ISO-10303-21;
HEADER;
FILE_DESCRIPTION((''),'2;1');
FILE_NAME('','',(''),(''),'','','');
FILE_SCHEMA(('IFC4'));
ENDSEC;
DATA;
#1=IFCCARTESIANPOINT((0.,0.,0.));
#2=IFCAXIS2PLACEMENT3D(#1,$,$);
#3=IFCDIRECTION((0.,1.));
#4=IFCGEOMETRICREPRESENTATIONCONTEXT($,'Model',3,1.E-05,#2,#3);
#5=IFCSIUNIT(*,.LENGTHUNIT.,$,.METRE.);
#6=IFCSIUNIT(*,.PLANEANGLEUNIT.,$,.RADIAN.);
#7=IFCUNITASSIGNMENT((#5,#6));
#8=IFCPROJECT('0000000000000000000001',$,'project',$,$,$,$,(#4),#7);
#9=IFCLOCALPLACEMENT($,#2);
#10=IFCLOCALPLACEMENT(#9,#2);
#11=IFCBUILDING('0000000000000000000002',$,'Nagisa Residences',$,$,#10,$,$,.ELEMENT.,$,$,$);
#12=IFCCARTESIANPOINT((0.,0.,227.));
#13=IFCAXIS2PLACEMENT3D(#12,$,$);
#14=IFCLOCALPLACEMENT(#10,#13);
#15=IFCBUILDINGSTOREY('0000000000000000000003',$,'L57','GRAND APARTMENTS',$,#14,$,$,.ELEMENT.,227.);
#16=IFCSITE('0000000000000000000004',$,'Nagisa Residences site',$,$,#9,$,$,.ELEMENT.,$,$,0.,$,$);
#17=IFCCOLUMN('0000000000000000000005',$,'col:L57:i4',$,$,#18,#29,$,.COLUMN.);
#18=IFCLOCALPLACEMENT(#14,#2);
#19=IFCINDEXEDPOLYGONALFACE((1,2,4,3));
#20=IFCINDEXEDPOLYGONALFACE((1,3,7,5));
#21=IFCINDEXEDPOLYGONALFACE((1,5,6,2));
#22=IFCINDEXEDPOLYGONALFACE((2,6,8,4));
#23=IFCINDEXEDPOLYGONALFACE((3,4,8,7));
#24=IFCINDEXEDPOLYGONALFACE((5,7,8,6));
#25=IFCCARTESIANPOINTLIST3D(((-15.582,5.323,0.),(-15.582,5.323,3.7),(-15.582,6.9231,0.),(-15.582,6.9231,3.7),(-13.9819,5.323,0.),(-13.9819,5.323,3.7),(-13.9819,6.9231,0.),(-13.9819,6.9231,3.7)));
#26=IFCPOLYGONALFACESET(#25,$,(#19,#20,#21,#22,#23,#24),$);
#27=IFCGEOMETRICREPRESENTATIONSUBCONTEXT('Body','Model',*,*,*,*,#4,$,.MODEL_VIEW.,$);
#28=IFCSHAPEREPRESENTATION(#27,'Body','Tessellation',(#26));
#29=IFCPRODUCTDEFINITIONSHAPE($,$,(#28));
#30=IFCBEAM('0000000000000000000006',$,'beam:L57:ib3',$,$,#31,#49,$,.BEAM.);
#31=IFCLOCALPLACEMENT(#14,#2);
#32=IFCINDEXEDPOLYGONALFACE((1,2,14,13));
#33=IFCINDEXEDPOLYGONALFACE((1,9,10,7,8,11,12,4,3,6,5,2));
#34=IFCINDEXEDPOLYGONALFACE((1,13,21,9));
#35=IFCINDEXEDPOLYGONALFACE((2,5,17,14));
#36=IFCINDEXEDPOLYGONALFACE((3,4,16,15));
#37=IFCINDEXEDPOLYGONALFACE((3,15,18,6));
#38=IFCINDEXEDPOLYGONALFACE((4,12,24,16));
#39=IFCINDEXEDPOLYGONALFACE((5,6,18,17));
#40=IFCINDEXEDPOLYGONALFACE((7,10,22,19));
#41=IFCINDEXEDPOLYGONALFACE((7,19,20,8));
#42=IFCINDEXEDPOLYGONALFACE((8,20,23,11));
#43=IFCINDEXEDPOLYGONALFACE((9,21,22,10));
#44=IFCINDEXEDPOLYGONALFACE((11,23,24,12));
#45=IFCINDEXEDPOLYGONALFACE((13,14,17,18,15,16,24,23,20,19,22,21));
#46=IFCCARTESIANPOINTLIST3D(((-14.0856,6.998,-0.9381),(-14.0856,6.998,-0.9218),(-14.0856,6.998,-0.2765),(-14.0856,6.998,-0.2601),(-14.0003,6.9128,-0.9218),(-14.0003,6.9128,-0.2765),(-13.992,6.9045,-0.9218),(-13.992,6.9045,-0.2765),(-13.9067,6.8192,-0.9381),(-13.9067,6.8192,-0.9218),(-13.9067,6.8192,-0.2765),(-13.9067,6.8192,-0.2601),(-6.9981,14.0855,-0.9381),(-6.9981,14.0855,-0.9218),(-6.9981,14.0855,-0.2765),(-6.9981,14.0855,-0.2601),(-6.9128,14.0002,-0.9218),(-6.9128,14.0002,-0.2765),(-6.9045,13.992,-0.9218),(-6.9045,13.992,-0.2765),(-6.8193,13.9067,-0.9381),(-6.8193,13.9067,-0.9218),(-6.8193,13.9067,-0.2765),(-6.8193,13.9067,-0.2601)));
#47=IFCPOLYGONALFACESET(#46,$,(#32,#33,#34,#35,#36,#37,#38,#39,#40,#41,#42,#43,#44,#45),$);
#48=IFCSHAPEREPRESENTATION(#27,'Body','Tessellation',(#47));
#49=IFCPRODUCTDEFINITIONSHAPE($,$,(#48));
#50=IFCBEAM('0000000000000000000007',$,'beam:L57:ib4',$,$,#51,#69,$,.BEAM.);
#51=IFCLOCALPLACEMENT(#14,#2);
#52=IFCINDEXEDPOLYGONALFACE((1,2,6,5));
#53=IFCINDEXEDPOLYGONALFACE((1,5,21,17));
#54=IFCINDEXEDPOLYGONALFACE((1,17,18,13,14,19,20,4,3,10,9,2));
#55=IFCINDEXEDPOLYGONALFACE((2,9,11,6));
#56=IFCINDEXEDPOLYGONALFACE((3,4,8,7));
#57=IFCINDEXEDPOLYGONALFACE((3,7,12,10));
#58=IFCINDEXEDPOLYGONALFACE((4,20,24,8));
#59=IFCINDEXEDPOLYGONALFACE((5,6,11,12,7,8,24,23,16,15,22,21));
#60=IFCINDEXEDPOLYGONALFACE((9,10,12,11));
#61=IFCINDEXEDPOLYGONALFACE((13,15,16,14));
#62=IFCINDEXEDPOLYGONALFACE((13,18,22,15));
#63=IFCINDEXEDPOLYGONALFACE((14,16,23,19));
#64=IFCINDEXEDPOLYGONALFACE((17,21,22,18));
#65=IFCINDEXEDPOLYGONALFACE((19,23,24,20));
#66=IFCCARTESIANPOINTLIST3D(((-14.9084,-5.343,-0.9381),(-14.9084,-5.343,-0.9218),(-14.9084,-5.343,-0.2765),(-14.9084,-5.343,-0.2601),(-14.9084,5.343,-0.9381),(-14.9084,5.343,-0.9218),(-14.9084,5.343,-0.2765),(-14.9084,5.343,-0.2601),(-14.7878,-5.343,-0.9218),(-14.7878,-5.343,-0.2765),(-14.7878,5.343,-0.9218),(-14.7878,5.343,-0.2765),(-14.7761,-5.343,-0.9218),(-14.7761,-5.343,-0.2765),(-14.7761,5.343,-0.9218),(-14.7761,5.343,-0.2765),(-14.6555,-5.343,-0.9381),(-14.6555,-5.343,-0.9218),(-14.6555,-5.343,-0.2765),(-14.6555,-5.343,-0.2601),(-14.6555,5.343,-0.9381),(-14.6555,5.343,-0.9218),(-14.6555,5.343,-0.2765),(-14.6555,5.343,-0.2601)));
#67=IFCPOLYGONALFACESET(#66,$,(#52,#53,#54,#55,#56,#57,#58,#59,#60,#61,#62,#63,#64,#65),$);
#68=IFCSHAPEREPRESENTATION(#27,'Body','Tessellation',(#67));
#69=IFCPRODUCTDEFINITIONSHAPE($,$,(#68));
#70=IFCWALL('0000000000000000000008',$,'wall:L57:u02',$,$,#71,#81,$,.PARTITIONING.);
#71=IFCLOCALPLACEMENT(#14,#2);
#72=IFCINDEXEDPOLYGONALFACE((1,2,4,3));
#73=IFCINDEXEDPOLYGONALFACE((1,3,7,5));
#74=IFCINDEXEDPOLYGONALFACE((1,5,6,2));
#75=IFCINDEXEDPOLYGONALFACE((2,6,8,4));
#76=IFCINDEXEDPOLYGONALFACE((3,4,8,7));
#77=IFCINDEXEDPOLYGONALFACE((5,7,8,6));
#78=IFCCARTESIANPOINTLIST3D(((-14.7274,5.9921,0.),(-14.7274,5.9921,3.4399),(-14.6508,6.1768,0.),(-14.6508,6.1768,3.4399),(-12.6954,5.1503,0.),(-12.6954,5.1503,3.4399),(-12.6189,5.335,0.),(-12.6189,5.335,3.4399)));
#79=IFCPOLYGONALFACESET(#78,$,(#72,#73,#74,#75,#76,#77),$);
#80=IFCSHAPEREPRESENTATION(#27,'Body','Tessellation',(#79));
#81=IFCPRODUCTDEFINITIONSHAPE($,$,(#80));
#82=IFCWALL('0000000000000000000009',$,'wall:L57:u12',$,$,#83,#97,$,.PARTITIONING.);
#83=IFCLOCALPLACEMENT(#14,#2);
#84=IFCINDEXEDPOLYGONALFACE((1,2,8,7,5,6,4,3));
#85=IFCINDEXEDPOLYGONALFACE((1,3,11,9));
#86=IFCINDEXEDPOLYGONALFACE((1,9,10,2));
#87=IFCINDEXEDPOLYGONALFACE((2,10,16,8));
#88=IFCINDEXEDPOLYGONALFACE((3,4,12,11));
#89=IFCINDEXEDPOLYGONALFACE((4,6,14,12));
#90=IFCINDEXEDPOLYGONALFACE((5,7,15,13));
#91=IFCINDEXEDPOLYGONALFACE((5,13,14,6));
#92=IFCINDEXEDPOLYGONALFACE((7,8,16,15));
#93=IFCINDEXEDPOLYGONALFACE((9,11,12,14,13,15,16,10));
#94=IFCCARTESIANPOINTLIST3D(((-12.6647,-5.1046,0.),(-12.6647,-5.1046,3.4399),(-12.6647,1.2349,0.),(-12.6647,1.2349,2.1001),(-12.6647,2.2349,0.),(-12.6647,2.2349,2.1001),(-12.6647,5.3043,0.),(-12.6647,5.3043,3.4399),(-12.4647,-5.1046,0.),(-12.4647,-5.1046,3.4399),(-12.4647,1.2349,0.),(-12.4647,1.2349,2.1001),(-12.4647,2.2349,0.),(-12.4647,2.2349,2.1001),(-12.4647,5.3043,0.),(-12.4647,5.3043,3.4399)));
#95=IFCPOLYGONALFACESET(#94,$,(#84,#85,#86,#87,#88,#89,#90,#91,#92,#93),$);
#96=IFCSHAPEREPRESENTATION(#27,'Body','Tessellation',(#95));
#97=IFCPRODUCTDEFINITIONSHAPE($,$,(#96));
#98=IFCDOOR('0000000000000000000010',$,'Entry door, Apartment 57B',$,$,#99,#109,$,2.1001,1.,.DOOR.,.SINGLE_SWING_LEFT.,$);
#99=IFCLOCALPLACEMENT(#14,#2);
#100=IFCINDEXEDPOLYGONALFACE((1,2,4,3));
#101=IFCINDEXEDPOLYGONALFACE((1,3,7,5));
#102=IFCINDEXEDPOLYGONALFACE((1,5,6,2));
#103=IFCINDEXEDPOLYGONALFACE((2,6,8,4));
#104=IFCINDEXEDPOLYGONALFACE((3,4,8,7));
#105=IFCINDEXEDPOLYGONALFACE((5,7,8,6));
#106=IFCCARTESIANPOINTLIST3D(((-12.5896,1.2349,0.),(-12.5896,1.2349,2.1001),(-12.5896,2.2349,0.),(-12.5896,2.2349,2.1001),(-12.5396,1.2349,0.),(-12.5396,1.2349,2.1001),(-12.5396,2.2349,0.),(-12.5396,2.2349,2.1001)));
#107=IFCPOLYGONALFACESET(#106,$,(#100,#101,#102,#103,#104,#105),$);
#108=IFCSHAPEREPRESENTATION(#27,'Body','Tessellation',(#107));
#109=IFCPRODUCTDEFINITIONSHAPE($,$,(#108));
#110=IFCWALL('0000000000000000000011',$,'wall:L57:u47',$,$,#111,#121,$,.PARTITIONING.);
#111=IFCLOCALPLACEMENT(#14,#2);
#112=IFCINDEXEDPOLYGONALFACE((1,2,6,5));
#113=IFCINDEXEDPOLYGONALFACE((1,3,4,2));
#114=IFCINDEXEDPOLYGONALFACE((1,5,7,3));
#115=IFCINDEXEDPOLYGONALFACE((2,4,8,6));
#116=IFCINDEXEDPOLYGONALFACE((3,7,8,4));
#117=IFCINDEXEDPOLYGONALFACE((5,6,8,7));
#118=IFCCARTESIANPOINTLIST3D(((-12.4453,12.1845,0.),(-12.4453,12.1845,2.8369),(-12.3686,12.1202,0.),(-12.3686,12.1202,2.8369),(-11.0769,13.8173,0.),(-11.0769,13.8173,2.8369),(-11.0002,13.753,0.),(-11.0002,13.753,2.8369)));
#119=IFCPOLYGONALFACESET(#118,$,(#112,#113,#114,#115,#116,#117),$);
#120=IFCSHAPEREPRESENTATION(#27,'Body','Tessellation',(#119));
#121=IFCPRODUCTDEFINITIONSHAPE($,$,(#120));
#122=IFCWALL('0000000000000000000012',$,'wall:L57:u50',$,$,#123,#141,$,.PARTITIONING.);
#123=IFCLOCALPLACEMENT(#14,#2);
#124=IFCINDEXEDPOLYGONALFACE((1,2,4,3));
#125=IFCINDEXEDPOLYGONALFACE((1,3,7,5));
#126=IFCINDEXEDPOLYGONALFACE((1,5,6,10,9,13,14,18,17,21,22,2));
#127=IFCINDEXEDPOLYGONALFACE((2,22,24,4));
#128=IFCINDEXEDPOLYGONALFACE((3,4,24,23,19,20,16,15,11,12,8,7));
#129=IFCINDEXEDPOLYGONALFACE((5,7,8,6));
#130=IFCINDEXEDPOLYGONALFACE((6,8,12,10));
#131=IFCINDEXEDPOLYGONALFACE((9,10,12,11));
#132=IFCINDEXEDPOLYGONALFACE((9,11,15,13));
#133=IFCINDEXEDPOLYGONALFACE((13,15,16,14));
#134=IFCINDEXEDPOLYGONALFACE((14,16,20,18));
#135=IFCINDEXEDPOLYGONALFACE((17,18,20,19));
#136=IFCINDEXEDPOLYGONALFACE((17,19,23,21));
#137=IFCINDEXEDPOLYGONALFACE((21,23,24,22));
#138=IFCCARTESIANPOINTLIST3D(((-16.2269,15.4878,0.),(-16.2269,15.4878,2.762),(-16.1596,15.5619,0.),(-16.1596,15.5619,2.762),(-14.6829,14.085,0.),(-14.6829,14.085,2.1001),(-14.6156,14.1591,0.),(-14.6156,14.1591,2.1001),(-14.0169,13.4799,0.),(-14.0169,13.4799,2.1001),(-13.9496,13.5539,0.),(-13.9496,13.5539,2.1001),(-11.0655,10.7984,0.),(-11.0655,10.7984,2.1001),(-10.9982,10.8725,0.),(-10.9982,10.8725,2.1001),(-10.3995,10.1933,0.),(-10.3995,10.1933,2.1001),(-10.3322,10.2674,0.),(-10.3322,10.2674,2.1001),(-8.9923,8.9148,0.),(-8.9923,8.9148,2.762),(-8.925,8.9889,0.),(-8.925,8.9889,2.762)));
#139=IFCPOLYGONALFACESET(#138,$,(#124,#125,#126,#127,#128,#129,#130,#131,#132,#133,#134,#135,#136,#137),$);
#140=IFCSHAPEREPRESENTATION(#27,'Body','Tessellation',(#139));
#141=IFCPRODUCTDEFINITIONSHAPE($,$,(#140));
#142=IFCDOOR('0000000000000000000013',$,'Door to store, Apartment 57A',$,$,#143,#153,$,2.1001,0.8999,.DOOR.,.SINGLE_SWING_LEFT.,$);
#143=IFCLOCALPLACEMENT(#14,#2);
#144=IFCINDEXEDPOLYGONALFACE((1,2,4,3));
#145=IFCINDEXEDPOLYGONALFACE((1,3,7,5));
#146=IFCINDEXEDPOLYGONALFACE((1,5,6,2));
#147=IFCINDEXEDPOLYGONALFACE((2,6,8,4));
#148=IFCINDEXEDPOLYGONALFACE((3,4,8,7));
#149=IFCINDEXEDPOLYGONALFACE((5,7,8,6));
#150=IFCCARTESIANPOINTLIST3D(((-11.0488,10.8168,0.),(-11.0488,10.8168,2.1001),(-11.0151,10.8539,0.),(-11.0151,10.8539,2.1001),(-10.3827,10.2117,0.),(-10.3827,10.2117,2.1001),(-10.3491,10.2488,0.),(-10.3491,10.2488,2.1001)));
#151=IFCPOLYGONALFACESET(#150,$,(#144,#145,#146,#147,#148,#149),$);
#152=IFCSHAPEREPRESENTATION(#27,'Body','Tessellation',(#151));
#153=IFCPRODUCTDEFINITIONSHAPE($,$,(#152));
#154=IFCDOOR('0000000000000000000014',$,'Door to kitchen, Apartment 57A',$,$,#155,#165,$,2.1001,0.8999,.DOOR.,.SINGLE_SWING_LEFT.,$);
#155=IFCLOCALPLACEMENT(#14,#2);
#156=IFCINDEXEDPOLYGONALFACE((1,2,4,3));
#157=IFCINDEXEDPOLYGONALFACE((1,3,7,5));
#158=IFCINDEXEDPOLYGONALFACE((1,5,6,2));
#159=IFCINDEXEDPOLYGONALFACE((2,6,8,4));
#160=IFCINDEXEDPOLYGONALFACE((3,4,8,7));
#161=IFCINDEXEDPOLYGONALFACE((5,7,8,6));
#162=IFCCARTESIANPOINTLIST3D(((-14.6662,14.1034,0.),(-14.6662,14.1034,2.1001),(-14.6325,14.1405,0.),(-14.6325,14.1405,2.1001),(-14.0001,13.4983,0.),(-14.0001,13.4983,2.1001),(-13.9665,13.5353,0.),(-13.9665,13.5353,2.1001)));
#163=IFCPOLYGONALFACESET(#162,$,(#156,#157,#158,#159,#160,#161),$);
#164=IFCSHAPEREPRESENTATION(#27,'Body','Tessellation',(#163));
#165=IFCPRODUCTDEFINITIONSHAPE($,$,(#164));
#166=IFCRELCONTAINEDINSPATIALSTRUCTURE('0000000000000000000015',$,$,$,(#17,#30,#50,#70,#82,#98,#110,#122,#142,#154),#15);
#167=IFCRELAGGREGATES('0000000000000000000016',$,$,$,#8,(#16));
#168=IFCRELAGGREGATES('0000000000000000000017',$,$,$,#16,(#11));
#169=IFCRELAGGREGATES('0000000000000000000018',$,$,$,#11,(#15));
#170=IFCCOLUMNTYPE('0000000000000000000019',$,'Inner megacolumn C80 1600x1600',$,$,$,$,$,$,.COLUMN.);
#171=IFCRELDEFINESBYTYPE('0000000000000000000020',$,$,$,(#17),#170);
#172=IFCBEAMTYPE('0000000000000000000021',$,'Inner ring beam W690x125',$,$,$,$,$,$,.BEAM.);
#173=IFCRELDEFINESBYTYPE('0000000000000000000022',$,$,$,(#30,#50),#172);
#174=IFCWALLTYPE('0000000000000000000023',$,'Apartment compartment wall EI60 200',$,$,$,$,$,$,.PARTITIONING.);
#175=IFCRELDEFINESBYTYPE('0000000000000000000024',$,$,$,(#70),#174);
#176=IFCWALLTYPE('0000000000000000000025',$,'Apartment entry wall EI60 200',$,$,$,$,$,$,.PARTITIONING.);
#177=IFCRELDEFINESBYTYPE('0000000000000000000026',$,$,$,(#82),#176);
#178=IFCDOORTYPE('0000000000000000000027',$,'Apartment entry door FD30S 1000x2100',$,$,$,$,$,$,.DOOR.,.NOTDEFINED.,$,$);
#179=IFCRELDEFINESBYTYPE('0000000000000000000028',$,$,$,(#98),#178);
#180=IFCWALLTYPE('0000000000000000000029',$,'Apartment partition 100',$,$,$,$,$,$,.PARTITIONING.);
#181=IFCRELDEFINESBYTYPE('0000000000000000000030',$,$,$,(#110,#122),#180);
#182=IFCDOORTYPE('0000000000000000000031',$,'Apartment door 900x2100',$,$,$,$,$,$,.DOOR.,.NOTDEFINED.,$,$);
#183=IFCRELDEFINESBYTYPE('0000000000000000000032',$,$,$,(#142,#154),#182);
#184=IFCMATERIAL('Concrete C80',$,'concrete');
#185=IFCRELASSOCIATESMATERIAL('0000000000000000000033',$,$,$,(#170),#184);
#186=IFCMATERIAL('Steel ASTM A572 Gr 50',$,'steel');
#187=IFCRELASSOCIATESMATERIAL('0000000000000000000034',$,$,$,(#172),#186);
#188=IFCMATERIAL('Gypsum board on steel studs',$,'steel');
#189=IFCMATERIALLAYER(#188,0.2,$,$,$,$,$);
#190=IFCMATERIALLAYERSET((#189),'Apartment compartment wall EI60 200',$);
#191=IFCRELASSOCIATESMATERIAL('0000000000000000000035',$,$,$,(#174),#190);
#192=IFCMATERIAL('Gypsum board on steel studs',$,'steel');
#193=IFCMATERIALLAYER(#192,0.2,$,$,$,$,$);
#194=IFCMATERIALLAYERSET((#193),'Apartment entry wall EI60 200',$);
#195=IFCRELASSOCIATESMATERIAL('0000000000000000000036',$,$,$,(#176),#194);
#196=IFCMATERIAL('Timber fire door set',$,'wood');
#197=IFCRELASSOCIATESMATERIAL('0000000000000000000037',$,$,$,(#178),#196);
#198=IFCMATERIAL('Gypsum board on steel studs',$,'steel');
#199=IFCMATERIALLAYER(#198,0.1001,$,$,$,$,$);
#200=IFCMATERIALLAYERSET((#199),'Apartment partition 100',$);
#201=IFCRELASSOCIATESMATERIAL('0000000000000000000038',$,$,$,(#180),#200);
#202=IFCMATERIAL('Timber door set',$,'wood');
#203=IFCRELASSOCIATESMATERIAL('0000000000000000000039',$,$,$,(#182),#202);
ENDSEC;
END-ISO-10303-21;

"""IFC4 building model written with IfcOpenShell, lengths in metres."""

from ifc_helpers import new_model, si_unit, direction, frame, frame_2d, origin, origin_2d, place, context, subcontext, project, spatial, rectangle, i_section, extrude, material, layer, layer_set, material_profile, profile_set, type_object, element, fill, save


model = new_model("IFC4")

# Units and contexts
model_context = context("Model", 3, precision=1e-05, world=origin(), true_north=direction((0.0, 1.0)))
body_context = subcontext(model_context, "Body", "Model", "MODEL_VIEW")
ifc_project = project(units=[si_unit("LENGTHUNIT", "METRE"), si_unit("PLANEANGLEUNIT", "RADIAN")], contexts=[model_context])

# Site, building, storey
site_placement = place(None, origin())
site = spatial("IfcSite", under=ifc_project, at=site_placement, Name="Nagisa Residences site", CompositionType="ELEMENT", RefElevation=0.0)
building_placement = place(site_placement, origin())
building = spatial("IfcBuilding", under=site, at=building_placement, Name="Nagisa Residences", CompositionType="ELEMENT")
storey_placement = place(building_placement, frame((0.0, 0.0, 227.0)))
storey = spatial("IfcBuildingStorey", under=building, at=storey_placement, Name="L57", Description="GRAND APARTMENTS", CompositionType="ELEMENT", Elevation=227.0)

# Column
ifc_material_1 = material(Name="Concrete C80", Category="concrete")
ifc_material_profile_1 = material_profile(ifc_material_1, rectangle(XDim=1.6001, YDim=1.6001, at=origin_2d()), Name="C80 1600x1600")
ifc_profile_set_1 = profile_set([ifc_material_profile_1], Name="Concrete C80")
column_type = type_object("IfcColumnType", Name="Inner megacolumn C80 1600x1600", PredefinedType="COLUMN", material=ifc_profile_set_1)
column_placement = place(storey_placement, frame((-14.782, 6.123, 0.0), z_axis=(0.0, 0.0, 1.0), x_axis=(1.0, 0.0, 0.0)))
element("IfcColumn", 1, at=column_placement, inside=storey, type_object=column_type, Name="col:L57:i4", PredefinedType="COLUMN", context=body_context, shape_type="SweptSolid", body=[
    extrude(rectangle(XDim=1.6001, YDim=1.6001, at=origin_2d()), origin(), (0.0, 0.0, 1.0), 3.7),
])

# Beams
ifc_material_2 = material(Name="Steel ASTM A572 Gr 50", Category="steel")
ifc_material_profile_2 = material_profile(ifc_material_2, i_section(OverallWidth=0.2529, OverallDepth=0.678, WebThickness=0.0117, FlangeThickness=0.0164, at=origin_2d()), Name="W690x125")
ifc_profile_set_2 = profile_set([ifc_material_profile_2], Name="Steel ASTM A572 Gr 50")
beam_type = type_object("IfcBeamType", Name="Inner ring beam W690x125", PredefinedType="BEAM", material=ifc_profile_set_2)
beam_1_placement = place(storey_placement, frame((-6.9087, 13.9961, -0.5991), z_axis=(-0.707107, -0.707107, 0.0), x_axis=(0.707107, -0.707107, 0.0)))
element("IfcBeam", 2, at=beam_1_placement, inside=storey, type_object=beam_type, Name="beam:L57:ib3", PredefinedType="BEAM", context=body_context, shape_type="SweptSolid", body=[
    extrude(i_section(OverallWidth=0.2529, OverallDepth=0.678, WebThickness=0.0117, FlangeThickness=0.0164, at=origin_2d()), origin(), (0.0, 0.0, 1.0), 10.0232),
])
beam_2_placement = place(storey_placement, frame((-14.782, 5.343, -0.5991), z_axis=(0.0, -1.0, 0.0), x_axis=(1.0, 0.0, 0.0)))
element("IfcBeam", 3, at=beam_2_placement, inside=storey, type_object=beam_type, Name="beam:L57:ib4", PredefinedType="BEAM", context=body_context, shape_type="SweptSolid", body=[
    extrude(i_section(OverallWidth=0.2529, OverallDepth=0.678, WebThickness=0.0117, FlangeThickness=0.0164, at=origin_2d()), origin(), (0.0, 0.0, 1.0), 10.686),
])

# Wall
ifc_material_3 = material(Name="Gypsum board on steel studs", Category="steel")
ifc_layer_1 = layer(ifc_material_3, 0.2)
ifc_layer_set_1 = layer_set([ifc_layer_1], Name="Apartment compartment wall EI60 200")
wall_type_1 = type_object("IfcWallType", Name="Apartment compartment wall EI60 200", PredefinedType="PARTITIONING", material=ifc_layer_set_1)
wall_1_placement = place(storey_placement, frame((-12.6572, 5.2427, 0.0), z_axis=(0.0, 0.0, 1.0), x_axis=(-0.92386, 0.382731, 0.0)))
element("IfcWall", 4, at=wall_1_placement, inside=storey, type_object=wall_type_1, Name="wall:L57:u02", PredefinedType="PARTITIONING", context=body_context, shape_type="SweptSolid", body=[
    extrude(rectangle(XDim=2.1995, YDim=0.2, at=frame_2d((1.0996, 0.0))), origin(), (0.0, 0.0, 1.0), 3.4399),
])

# Wall, opening, door
ifc_material_4 = material(Name="Gypsum board on steel studs", Category="steel")
ifc_layer_2 = layer(ifc_material_4, 0.2)
ifc_layer_set_2 = layer_set([ifc_layer_2], Name="Apartment entry wall EI60 200")
wall_type_2 = type_object("IfcWallType", Name="Apartment entry wall EI60 200", PredefinedType="PARTITIONING", material=ifc_layer_set_2)
wall_2_placement = place(storey_placement, frame((-12.5647, 5.3044, 0.0), z_axis=(0.0, 0.0, 1.0), x_axis=(0.0, -1.0, 0.0)))
wall_2 = element("IfcWall", 5, at=wall_2_placement, inside=storey, type_object=wall_type_2, Name="wall:L57:u12", PredefinedType="PARTITIONING", context=body_context, shape_type="SweptSolid", body=[
    extrude(rectangle(XDim=10.4089, YDim=0.2, at=frame_2d((5.2046, 0.0))), origin(), (0.0, 0.0, 1.0), 3.4399),
])
opening_1_placement = place(wall_2_placement, frame((3.0696, 0.0, 0.0)))
opening_1 = element("IfcOpeningElement", 6, at=opening_1_placement, cuts=wall_2, PredefinedType="OPENING", context=body_context, shape_type="SweptSolid", body=[
    extrude(rectangle(XDim=1.0, YDim=2.1001, at=frame_2d((0.5, 1.05))), frame((0.0, 0.1099, 0.0), z_axis=(0.0, -1.0, 0.0), x_axis=(1.0, 0.0, 0.0)), (0.0, 0.0, 1.0), 0.22),
])
ifc_material_5 = material(Name="Timber fire door set", Category="wood")
door_type_1 = type_object("IfcDoorType", Name="Apartment entry door FD30S 1000x2100", OperationType="NOTDEFINED", PredefinedType="DOOR", material=ifc_material_5)
door_1_placement = place(opening_1_placement, frame((1.0, 0.0, 0.0), x_axis=(-1.0, 0.0, 0.0)))
door_1 = element("IfcDoor", 7, at=door_1_placement, inside=storey, type_object=door_type_1, Name="Entry door, Apartment 57B", OperationType="SINGLE_SWING_LEFT", OverallHeight=2.1001, OverallWidth=1.0, PredefinedType="DOOR", context=body_context, shape_type="SweptSolid", body=[
    extrude(rectangle(XDim=1.0, YDim=2.1001, at=frame_2d((0.5, 1.05))), frame((0.0, 0.0249, 0.0), z_axis=(0.0, -1.0, 0.0), x_axis=(1.0, 0.0, 0.0)), (0.0, 0.0, 1.0), 0.05),
])
fill(opening_1, door_1)

# Wall
ifc_material_6 = material(Name="Gypsum board on steel studs", Category="steel")
ifc_layer_3 = layer(ifc_material_6, 0.1001)
ifc_layer_set_3 = layer_set([ifc_layer_3], Name="Apartment partition 100")
wall_type_3 = type_object("IfcWallType", Name="Apartment partition 100", PredefinedType="PARTITIONING", material=ifc_layer_set_3)
wall_3_placement = place(storey_placement, frame((-11.0386, 13.7852, 0.0), z_axis=(0.0, 0.0, 1.0), x_axis=(-0.642324, -0.766434, 0.0)))
element("IfcWall", 8, at=wall_3_placement, inside=storey, type_object=wall_type_3, Name="wall:L57:u47", PredefinedType="PARTITIONING", context=body_context, shape_type="SweptSolid", body=[
    extrude(rectangle(XDim=2.1304, YDim=0.1001, at=frame_2d((1.0652, 0.0))), origin(), (0.0, 0.0, 1.0), 2.8369),
])

# Wall, openings, doors
wall_4_placement = place(storey_placement, frame((-8.9587, 8.9519, 0.0), z_axis=(0.0, 0.0, 1.0), x_axis=(-0.74014, 0.672453, 0.0)))
wall_4 = element("IfcWall", 9, at=wall_4_placement, inside=storey, type_object=wall_type_3, Name="wall:L57:u50", PredefinedType="PARTITIONING", context=body_context, shape_type="SweptSolid", body=[
    extrude(rectangle(XDim=9.7747, YDim=0.1001, at=frame_2d((4.8872, 0.0))), origin(), (0.0, 0.0, 1.0), 2.762),
])
opening_2_placement = place(wall_4_placement, frame((1.9011, 0.0, 0.0)))
opening_2 = element("IfcOpeningElement", 10, at=opening_2_placement, cuts=wall_4, PredefinedType="OPENING", context=body_context, shape_type="SweptSolid", body=[
    extrude(rectangle(XDim=0.8999, YDim=2.1001, at=frame_2d((0.45, 1.05))), frame((0.0, 0.0601, 0.0), z_axis=(0.0, -1.0, 0.0), x_axis=(1.0, 0.0, 0.0)), (0.0, 0.0, 1.0), 0.1201),
])
opening_3_placement = place(wall_4_placement, frame((6.7886, 0.0, 0.0)))
opening_3 = element("IfcOpeningElement", 11, at=opening_3_placement, cuts=wall_4, PredefinedType="OPENING", context=body_context, shape_type="SweptSolid", body=[
    extrude(rectangle(XDim=0.8999, YDim=2.1001, at=frame_2d((0.45, 1.05))), frame((0.0, 0.0601, 0.0), z_axis=(0.0, -1.0, 0.0), x_axis=(1.0, 0.0, 0.0)), (0.0, 0.0, 1.0), 0.1201),
])
ifc_material_7 = material(Name="Timber door set", Category="wood")
door_type_2 = type_object("IfcDoorType", Name="Apartment door 900x2100", OperationType="NOTDEFINED", PredefinedType="DOOR", material=ifc_material_7)
door_2_placement = place(opening_2_placement, frame((0.8999, 0.0, 0.0), x_axis=(-1.0, 0.0, 0.0)))
door_2 = element("IfcDoor", 12, at=door_2_placement, inside=storey, type_object=door_type_2, Name="Door to store, Apartment 57A", OperationType="SINGLE_SWING_LEFT", OverallHeight=2.1001, OverallWidth=0.8999, PredefinedType="DOOR", context=body_context, shape_type="SweptSolid", body=[
    extrude(rectangle(XDim=0.8999, YDim=2.1001, at=frame_2d((0.45, 1.05))), frame((0.0, 0.0249, 0.0), z_axis=(0.0, -1.0, 0.0), x_axis=(1.0, 0.0, 0.0)), (0.0, 0.0, 1.0), 0.05),
])
fill(opening_2, door_2)
door_3_placement = place(opening_3_placement, frame((0.8999, 0.0, 0.0), x_axis=(-1.0, 0.0, 0.0)))
door_3 = element("IfcDoor", 13, at=door_3_placement, inside=storey, type_object=door_type_2, Name="Door to kitchen, Apartment 57A", OperationType="SINGLE_SWING_LEFT", OverallHeight=2.1001, OverallWidth=0.8999, PredefinedType="DOOR", context=body_context, shape_type="SweptSolid", body=[
    extrude(rectangle(XDim=0.8999, YDim=2.1001, at=frame_2d((0.45, 1.05))), frame((0.0, 0.0249, 0.0), z_axis=(0.0, -1.0, 0.0), x_axis=(1.0, 0.0, 0.0)), (0.0, 0.0, 1.0), 0.05),
])
fill(opening_3, door_3)

save(model, "model.ifc")
